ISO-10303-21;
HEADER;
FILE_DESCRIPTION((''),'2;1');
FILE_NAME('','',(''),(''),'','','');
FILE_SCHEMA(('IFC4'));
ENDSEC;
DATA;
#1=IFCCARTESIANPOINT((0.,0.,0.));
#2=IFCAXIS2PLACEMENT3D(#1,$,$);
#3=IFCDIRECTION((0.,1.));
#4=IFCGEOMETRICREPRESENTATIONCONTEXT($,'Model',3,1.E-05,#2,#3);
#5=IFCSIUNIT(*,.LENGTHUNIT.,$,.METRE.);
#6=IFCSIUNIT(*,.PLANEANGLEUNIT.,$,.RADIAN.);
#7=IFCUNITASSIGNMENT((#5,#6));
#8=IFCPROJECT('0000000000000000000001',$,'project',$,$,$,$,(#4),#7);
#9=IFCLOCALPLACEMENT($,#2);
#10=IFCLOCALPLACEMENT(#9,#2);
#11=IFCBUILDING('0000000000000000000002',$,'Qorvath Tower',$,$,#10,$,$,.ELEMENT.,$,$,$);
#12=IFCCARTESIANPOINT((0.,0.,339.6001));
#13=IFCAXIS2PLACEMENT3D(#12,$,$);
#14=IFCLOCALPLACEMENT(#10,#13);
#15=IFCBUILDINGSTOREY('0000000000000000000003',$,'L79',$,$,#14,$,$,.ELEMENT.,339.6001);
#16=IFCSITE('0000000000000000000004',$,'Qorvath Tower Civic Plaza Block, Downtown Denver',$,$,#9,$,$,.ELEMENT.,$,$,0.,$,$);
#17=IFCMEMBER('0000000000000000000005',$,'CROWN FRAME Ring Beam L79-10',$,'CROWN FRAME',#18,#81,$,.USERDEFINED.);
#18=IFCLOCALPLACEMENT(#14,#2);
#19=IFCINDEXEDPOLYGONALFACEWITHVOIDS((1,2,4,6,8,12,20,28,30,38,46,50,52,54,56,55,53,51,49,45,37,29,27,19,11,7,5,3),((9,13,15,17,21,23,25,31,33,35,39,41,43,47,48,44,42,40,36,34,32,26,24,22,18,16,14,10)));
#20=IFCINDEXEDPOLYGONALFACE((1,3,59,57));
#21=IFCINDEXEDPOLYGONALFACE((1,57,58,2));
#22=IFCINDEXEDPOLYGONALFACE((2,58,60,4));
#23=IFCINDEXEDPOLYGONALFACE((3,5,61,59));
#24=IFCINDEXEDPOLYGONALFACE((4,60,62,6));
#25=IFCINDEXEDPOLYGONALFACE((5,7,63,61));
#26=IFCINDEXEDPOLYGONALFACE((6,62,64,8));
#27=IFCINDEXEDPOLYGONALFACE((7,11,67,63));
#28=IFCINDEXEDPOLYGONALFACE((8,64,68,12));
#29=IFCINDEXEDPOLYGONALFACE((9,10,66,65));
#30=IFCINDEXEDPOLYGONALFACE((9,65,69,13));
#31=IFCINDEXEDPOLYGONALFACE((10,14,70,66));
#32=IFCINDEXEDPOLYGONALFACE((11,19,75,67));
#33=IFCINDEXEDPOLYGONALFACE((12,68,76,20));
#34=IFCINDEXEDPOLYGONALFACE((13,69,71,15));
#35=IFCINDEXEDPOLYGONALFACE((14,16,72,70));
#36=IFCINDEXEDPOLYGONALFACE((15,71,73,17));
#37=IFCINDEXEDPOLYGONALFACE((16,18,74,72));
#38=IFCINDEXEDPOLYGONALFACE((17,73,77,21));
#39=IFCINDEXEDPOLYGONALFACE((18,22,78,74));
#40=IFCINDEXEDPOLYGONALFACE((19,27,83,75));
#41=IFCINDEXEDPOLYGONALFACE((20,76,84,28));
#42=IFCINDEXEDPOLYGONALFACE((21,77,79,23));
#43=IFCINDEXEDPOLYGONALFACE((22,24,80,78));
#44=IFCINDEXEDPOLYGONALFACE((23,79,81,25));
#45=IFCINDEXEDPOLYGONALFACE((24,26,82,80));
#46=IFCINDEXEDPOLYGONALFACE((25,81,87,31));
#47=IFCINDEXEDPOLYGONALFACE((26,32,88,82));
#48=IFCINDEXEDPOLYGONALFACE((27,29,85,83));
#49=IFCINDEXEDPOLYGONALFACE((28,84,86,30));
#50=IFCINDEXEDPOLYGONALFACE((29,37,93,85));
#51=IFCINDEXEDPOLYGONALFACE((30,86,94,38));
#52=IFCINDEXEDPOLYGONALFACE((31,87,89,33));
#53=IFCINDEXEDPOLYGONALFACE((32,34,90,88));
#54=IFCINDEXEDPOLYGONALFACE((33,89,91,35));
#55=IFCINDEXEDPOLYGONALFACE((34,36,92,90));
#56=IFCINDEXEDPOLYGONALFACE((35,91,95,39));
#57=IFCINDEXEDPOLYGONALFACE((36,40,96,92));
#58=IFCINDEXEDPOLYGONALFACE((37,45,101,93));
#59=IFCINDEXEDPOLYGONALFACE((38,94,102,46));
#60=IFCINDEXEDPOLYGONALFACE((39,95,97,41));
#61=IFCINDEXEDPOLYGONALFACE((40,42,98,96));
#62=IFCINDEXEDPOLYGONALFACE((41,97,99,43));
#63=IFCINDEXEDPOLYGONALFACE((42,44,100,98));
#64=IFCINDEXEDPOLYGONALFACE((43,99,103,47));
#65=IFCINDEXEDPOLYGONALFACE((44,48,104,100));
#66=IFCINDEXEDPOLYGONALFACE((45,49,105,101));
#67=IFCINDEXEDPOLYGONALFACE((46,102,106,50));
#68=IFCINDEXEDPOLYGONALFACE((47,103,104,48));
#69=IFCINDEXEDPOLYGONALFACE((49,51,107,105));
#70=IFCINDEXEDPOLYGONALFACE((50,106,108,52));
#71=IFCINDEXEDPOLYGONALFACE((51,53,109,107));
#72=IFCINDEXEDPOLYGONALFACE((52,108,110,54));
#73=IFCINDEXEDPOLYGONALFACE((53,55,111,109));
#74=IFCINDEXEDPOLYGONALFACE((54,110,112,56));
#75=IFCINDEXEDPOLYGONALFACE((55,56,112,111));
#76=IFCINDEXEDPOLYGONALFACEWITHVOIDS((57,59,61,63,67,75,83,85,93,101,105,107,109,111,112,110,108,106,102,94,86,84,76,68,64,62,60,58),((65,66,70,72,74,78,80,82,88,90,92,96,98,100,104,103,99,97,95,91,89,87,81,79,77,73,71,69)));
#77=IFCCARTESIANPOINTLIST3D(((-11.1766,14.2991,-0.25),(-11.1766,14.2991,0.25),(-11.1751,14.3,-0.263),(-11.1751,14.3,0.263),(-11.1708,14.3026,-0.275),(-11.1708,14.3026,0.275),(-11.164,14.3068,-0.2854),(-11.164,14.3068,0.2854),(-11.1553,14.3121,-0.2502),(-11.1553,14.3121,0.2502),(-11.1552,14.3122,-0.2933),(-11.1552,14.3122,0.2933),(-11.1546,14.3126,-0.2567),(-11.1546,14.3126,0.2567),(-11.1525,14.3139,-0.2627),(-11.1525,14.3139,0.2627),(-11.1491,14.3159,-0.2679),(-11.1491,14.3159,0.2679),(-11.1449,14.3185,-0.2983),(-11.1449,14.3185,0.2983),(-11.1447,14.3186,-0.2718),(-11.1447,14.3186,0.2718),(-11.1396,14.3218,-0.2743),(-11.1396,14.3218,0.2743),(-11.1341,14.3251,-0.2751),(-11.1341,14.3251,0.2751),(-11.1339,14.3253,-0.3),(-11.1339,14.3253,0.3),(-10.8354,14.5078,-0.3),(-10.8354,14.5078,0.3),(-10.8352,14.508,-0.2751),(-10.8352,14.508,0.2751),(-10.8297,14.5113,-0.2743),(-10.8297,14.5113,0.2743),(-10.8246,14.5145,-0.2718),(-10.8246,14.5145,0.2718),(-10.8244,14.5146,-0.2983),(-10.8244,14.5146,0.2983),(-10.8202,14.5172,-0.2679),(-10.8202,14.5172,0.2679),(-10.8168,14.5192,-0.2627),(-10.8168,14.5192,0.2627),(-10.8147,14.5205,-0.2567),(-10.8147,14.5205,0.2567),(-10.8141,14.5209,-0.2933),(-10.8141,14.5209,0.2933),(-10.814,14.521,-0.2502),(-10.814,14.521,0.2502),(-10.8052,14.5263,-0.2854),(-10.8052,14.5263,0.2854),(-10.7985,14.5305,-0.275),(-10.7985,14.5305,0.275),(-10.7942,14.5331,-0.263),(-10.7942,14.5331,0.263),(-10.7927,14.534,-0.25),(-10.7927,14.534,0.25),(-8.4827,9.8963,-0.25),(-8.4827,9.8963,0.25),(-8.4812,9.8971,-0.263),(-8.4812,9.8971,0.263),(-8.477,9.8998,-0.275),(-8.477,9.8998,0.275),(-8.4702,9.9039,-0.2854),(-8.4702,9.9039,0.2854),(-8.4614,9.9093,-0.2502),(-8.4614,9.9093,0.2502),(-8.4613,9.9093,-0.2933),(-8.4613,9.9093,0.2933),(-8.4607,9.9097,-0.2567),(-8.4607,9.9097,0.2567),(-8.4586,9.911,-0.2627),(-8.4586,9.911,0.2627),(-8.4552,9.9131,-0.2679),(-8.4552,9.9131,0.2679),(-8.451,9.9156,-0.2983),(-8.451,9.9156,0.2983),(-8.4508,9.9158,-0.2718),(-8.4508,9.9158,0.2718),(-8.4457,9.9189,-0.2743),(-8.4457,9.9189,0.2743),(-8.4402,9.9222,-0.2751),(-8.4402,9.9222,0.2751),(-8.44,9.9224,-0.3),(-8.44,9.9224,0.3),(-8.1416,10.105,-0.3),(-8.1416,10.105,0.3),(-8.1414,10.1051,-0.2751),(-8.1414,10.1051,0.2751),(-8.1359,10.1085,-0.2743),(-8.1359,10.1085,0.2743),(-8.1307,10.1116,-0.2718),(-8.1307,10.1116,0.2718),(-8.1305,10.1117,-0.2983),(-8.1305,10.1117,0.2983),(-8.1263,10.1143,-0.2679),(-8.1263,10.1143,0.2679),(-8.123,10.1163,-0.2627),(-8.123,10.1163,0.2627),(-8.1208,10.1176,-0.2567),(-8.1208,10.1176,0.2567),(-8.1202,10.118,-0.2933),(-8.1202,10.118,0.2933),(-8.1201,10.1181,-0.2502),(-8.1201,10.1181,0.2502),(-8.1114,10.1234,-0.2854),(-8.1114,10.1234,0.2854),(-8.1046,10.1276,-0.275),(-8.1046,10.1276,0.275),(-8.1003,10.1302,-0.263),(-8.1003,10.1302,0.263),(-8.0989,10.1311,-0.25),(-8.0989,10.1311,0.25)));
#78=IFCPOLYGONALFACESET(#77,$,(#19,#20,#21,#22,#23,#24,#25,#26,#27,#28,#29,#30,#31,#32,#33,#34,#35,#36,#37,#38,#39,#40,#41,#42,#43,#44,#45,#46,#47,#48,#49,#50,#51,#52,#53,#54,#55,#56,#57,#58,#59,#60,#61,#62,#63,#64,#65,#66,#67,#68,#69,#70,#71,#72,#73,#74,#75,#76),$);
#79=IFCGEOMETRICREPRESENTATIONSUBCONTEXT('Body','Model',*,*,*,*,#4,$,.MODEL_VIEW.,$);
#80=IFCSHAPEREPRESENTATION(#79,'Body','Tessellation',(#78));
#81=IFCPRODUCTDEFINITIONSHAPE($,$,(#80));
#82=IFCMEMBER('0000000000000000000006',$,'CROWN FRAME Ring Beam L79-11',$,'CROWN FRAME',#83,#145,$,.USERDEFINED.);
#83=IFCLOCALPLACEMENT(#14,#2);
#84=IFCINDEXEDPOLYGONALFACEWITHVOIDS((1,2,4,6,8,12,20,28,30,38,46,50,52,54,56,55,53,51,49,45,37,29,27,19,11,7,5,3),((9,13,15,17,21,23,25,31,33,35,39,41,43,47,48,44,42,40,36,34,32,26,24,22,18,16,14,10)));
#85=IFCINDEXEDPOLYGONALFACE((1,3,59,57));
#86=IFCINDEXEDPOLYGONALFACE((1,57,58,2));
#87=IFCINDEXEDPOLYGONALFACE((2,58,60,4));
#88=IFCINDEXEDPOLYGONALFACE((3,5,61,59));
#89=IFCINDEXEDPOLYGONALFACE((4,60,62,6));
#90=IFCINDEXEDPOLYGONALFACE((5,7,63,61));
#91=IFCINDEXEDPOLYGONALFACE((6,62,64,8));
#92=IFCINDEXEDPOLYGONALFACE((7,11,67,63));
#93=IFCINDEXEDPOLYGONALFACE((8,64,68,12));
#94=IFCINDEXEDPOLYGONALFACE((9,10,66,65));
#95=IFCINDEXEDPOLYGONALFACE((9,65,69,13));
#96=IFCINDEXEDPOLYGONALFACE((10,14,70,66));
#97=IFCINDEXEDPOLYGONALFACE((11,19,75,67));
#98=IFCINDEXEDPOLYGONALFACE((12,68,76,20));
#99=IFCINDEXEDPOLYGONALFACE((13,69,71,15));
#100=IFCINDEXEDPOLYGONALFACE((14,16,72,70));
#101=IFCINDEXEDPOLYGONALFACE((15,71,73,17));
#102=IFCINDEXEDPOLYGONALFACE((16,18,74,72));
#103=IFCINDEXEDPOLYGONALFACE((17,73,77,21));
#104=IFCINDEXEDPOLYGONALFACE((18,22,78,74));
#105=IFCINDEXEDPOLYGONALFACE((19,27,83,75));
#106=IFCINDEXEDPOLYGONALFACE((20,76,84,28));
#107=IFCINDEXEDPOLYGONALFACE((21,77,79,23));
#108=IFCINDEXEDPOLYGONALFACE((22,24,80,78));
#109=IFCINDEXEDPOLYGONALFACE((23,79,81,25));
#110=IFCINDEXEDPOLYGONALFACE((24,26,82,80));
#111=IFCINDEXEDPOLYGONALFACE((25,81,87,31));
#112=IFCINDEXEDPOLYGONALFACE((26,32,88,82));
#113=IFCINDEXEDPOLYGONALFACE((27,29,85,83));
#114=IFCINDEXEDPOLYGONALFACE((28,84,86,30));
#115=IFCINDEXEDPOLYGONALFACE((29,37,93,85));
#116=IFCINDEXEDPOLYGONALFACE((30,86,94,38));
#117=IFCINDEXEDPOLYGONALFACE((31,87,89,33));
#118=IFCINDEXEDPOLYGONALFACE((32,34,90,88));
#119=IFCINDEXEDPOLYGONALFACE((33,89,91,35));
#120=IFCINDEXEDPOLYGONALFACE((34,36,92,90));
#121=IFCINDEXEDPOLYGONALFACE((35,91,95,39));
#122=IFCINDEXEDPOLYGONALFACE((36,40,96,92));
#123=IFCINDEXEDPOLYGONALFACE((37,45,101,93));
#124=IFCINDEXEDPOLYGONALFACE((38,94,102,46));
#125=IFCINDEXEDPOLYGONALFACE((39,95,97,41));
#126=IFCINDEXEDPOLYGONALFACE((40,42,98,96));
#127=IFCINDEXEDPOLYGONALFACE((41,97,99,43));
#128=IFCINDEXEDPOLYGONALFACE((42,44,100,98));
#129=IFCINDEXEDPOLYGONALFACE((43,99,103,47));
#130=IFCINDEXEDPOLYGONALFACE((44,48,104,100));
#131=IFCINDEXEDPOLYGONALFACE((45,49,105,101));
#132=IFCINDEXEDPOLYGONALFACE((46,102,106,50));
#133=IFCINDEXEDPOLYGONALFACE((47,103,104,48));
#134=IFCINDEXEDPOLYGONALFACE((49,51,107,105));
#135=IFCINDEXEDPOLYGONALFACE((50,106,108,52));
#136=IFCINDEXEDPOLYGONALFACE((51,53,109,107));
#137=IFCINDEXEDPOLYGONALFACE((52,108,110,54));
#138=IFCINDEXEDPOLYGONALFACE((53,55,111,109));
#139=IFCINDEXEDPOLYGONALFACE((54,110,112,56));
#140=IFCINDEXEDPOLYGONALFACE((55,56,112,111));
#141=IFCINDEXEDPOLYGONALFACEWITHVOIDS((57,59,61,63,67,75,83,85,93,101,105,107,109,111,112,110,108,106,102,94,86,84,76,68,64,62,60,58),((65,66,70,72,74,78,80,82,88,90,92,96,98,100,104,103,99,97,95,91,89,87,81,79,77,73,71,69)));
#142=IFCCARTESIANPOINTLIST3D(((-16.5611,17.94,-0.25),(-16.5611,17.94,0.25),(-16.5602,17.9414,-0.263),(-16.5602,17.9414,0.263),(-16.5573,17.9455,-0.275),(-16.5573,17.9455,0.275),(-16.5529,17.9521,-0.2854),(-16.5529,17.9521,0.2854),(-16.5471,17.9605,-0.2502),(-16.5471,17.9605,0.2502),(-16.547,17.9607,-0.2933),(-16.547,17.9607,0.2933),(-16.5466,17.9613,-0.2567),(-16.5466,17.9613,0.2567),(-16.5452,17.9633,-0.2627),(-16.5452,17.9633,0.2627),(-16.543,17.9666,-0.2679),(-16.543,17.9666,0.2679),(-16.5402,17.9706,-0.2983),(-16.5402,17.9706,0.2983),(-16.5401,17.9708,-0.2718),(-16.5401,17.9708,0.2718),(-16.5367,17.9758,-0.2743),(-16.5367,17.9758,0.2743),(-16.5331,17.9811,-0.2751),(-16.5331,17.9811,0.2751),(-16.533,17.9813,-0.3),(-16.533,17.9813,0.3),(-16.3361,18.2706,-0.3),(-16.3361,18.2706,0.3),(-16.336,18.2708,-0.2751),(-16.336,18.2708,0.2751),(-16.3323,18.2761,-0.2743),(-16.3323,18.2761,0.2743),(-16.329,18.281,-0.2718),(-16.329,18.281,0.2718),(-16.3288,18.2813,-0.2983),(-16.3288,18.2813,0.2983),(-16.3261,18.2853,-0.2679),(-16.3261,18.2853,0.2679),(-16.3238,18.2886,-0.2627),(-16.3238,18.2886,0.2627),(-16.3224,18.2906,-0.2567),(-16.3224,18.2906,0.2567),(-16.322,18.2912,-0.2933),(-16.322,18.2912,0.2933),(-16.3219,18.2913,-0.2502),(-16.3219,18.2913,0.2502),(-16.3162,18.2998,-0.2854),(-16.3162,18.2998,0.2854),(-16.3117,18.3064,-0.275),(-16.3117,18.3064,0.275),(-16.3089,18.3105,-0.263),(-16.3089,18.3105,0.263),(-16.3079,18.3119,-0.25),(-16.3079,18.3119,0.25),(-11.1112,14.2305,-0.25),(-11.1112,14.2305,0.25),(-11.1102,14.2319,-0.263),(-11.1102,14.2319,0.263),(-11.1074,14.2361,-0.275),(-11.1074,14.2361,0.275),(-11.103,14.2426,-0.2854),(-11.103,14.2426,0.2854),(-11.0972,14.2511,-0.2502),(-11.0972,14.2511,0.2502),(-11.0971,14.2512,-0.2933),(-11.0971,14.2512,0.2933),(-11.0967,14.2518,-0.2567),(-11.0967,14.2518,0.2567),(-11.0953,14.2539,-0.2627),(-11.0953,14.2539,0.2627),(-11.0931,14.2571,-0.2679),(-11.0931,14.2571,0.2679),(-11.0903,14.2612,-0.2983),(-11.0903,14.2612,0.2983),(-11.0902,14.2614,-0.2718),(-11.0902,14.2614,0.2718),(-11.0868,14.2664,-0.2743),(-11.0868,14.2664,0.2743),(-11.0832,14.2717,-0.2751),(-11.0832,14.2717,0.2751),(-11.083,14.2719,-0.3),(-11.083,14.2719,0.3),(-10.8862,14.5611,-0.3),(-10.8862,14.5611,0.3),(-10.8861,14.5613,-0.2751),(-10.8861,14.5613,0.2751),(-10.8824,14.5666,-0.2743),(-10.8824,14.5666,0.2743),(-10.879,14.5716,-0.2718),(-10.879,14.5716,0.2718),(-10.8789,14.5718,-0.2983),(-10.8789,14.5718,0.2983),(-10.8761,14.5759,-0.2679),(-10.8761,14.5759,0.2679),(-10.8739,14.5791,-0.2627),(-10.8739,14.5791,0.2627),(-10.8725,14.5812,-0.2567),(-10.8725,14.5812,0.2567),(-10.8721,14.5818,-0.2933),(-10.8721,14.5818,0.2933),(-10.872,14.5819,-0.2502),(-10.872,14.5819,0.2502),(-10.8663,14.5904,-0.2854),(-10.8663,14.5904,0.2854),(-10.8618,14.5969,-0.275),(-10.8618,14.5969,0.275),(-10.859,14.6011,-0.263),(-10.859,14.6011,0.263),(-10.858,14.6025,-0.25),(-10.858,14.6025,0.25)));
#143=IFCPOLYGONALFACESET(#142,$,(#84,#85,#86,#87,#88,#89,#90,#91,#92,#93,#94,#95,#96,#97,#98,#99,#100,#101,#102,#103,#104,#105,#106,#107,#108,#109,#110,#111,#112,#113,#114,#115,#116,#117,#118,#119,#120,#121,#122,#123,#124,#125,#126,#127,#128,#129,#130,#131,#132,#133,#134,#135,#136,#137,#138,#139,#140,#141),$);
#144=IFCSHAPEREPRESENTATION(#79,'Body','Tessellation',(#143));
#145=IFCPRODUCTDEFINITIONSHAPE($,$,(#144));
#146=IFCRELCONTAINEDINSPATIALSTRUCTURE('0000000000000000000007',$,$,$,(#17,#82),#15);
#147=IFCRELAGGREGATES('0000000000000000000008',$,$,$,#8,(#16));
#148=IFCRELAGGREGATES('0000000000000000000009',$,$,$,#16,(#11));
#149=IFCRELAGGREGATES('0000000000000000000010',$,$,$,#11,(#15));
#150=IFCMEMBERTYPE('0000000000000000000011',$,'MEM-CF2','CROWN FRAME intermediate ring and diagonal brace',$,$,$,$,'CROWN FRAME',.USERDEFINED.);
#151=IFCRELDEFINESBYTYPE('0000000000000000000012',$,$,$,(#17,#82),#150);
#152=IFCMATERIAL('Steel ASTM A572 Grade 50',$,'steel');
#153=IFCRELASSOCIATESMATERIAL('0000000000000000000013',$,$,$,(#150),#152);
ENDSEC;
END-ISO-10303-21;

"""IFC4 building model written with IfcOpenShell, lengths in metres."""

from ifc_helpers import new_model, si_unit, direction, frame, origin, origin_2d, place, context, subcontext, project, spatial, hollow_rectangle, extrude, material, material_profile, profile_set, type_object, element, save


model = new_model("IFC4")

# Units and contexts
model_context = context("Model", 3, precision=1e-05, world=origin(), true_north=direction((0.0, 1.0)))
body_context = subcontext(model_context, "Body", "Model", "MODEL_VIEW")
ifc_project = project(units=[si_unit("LENGTHUNIT", "METRE"), si_unit("PLANEANGLEUNIT", "RADIAN")], contexts=[model_context])

# Site, building, storey
site_placement = place(None, origin())
site = spatial("IfcSite", under=ifc_project, at=site_placement, Name="Qorvath Tower Civic Plaza Block, Downtown Denver", CompositionType="ELEMENT", RefElevation=0.0)
building_placement = place(site_placement, origin())
building = spatial("IfcBuilding", under=site, at=building_placement, Name="Qorvath Tower", CompositionType="ELEMENT")
storey_placement = place(building_placement, frame((0.0, 0.0, 339.6001)))
storey = spatial("IfcBuildingStorey", under=building, at=storey_placement, Name="L79", CompositionType="ELEMENT", Elevation=339.6001)

# Members
ifc_material_1 = material(Name="Steel ASTM A572 Grade 50", Category="steel")
ifc_material_profile_1 = material_profile(ifc_material_1, hollow_rectangle(XDim=0.45, YDim=0.6001, WallThickness=0.0249, InnerFilletRadius=0.0249, OuterFilletRadius=0.05, at=origin_2d()), Name="CROWN BOX 600x450x25")
ifc_profile_set_1 = profile_set([ifc_material_profile_1], Name="Steel ASTM A572 Grade 50")
member_type_1 = type_object("IfcMemberType", Name="MEM-CF2", Description="CROWN FRAME intermediate ring and diagonal brace", ElementType="CROWN FRAME", PredefinedType="USERDEFINED", material=ifc_profile_set_1)
member_1_placement = place(storey_placement, frame((-8.2908, 10.0137, 0.0), z_axis=(-0.521905, 0.853003, 0.0), x_axis=(-0.853003, -0.521905, 0.0)))
element("IfcMember", 1, at=member_1_placement, inside=storey, type_object=member_type_1, Name="CROWN FRAME Ring Beam L79-10", ObjectType="CROWN FRAME", PredefinedType="USERDEFINED", context=body_context, shape_type="SweptSolid", body=[
    extrude(hollow_rectangle(XDim=0.45, YDim=0.6001, WallThickness=0.0249, InnerFilletRadius=0.0249, OuterFilletRadius=0.05, at=origin_2d()), origin(), (0.0, 0.0, 1.0), 5.1616),
])
member_2_placement = place(storey_placement, frame((-10.9846, 14.4165, 0.0), z_axis=(-0.826679, 0.562674, 0.0), x_axis=(-0.562674, -0.826679, 0.0)))
element("IfcMember", 2, at=member_2_placement, inside=storey, type_object=member_type_1, Name="CROWN FRAME Ring Beam L79-11", ObjectType="CROWN FRAME", PredefinedType="USERDEFINED", context=body_context, shape_type="SweptSolid", body=[
    extrude(hollow_rectangle(XDim=0.45, YDim=0.6001, WallThickness=0.0249, InnerFilletRadius=0.0249, OuterFilletRadius=0.05, at=origin_2d()), origin(), (0.0, 0.0, 1.0), 6.5925),
])

save(model, "model.ifc")
